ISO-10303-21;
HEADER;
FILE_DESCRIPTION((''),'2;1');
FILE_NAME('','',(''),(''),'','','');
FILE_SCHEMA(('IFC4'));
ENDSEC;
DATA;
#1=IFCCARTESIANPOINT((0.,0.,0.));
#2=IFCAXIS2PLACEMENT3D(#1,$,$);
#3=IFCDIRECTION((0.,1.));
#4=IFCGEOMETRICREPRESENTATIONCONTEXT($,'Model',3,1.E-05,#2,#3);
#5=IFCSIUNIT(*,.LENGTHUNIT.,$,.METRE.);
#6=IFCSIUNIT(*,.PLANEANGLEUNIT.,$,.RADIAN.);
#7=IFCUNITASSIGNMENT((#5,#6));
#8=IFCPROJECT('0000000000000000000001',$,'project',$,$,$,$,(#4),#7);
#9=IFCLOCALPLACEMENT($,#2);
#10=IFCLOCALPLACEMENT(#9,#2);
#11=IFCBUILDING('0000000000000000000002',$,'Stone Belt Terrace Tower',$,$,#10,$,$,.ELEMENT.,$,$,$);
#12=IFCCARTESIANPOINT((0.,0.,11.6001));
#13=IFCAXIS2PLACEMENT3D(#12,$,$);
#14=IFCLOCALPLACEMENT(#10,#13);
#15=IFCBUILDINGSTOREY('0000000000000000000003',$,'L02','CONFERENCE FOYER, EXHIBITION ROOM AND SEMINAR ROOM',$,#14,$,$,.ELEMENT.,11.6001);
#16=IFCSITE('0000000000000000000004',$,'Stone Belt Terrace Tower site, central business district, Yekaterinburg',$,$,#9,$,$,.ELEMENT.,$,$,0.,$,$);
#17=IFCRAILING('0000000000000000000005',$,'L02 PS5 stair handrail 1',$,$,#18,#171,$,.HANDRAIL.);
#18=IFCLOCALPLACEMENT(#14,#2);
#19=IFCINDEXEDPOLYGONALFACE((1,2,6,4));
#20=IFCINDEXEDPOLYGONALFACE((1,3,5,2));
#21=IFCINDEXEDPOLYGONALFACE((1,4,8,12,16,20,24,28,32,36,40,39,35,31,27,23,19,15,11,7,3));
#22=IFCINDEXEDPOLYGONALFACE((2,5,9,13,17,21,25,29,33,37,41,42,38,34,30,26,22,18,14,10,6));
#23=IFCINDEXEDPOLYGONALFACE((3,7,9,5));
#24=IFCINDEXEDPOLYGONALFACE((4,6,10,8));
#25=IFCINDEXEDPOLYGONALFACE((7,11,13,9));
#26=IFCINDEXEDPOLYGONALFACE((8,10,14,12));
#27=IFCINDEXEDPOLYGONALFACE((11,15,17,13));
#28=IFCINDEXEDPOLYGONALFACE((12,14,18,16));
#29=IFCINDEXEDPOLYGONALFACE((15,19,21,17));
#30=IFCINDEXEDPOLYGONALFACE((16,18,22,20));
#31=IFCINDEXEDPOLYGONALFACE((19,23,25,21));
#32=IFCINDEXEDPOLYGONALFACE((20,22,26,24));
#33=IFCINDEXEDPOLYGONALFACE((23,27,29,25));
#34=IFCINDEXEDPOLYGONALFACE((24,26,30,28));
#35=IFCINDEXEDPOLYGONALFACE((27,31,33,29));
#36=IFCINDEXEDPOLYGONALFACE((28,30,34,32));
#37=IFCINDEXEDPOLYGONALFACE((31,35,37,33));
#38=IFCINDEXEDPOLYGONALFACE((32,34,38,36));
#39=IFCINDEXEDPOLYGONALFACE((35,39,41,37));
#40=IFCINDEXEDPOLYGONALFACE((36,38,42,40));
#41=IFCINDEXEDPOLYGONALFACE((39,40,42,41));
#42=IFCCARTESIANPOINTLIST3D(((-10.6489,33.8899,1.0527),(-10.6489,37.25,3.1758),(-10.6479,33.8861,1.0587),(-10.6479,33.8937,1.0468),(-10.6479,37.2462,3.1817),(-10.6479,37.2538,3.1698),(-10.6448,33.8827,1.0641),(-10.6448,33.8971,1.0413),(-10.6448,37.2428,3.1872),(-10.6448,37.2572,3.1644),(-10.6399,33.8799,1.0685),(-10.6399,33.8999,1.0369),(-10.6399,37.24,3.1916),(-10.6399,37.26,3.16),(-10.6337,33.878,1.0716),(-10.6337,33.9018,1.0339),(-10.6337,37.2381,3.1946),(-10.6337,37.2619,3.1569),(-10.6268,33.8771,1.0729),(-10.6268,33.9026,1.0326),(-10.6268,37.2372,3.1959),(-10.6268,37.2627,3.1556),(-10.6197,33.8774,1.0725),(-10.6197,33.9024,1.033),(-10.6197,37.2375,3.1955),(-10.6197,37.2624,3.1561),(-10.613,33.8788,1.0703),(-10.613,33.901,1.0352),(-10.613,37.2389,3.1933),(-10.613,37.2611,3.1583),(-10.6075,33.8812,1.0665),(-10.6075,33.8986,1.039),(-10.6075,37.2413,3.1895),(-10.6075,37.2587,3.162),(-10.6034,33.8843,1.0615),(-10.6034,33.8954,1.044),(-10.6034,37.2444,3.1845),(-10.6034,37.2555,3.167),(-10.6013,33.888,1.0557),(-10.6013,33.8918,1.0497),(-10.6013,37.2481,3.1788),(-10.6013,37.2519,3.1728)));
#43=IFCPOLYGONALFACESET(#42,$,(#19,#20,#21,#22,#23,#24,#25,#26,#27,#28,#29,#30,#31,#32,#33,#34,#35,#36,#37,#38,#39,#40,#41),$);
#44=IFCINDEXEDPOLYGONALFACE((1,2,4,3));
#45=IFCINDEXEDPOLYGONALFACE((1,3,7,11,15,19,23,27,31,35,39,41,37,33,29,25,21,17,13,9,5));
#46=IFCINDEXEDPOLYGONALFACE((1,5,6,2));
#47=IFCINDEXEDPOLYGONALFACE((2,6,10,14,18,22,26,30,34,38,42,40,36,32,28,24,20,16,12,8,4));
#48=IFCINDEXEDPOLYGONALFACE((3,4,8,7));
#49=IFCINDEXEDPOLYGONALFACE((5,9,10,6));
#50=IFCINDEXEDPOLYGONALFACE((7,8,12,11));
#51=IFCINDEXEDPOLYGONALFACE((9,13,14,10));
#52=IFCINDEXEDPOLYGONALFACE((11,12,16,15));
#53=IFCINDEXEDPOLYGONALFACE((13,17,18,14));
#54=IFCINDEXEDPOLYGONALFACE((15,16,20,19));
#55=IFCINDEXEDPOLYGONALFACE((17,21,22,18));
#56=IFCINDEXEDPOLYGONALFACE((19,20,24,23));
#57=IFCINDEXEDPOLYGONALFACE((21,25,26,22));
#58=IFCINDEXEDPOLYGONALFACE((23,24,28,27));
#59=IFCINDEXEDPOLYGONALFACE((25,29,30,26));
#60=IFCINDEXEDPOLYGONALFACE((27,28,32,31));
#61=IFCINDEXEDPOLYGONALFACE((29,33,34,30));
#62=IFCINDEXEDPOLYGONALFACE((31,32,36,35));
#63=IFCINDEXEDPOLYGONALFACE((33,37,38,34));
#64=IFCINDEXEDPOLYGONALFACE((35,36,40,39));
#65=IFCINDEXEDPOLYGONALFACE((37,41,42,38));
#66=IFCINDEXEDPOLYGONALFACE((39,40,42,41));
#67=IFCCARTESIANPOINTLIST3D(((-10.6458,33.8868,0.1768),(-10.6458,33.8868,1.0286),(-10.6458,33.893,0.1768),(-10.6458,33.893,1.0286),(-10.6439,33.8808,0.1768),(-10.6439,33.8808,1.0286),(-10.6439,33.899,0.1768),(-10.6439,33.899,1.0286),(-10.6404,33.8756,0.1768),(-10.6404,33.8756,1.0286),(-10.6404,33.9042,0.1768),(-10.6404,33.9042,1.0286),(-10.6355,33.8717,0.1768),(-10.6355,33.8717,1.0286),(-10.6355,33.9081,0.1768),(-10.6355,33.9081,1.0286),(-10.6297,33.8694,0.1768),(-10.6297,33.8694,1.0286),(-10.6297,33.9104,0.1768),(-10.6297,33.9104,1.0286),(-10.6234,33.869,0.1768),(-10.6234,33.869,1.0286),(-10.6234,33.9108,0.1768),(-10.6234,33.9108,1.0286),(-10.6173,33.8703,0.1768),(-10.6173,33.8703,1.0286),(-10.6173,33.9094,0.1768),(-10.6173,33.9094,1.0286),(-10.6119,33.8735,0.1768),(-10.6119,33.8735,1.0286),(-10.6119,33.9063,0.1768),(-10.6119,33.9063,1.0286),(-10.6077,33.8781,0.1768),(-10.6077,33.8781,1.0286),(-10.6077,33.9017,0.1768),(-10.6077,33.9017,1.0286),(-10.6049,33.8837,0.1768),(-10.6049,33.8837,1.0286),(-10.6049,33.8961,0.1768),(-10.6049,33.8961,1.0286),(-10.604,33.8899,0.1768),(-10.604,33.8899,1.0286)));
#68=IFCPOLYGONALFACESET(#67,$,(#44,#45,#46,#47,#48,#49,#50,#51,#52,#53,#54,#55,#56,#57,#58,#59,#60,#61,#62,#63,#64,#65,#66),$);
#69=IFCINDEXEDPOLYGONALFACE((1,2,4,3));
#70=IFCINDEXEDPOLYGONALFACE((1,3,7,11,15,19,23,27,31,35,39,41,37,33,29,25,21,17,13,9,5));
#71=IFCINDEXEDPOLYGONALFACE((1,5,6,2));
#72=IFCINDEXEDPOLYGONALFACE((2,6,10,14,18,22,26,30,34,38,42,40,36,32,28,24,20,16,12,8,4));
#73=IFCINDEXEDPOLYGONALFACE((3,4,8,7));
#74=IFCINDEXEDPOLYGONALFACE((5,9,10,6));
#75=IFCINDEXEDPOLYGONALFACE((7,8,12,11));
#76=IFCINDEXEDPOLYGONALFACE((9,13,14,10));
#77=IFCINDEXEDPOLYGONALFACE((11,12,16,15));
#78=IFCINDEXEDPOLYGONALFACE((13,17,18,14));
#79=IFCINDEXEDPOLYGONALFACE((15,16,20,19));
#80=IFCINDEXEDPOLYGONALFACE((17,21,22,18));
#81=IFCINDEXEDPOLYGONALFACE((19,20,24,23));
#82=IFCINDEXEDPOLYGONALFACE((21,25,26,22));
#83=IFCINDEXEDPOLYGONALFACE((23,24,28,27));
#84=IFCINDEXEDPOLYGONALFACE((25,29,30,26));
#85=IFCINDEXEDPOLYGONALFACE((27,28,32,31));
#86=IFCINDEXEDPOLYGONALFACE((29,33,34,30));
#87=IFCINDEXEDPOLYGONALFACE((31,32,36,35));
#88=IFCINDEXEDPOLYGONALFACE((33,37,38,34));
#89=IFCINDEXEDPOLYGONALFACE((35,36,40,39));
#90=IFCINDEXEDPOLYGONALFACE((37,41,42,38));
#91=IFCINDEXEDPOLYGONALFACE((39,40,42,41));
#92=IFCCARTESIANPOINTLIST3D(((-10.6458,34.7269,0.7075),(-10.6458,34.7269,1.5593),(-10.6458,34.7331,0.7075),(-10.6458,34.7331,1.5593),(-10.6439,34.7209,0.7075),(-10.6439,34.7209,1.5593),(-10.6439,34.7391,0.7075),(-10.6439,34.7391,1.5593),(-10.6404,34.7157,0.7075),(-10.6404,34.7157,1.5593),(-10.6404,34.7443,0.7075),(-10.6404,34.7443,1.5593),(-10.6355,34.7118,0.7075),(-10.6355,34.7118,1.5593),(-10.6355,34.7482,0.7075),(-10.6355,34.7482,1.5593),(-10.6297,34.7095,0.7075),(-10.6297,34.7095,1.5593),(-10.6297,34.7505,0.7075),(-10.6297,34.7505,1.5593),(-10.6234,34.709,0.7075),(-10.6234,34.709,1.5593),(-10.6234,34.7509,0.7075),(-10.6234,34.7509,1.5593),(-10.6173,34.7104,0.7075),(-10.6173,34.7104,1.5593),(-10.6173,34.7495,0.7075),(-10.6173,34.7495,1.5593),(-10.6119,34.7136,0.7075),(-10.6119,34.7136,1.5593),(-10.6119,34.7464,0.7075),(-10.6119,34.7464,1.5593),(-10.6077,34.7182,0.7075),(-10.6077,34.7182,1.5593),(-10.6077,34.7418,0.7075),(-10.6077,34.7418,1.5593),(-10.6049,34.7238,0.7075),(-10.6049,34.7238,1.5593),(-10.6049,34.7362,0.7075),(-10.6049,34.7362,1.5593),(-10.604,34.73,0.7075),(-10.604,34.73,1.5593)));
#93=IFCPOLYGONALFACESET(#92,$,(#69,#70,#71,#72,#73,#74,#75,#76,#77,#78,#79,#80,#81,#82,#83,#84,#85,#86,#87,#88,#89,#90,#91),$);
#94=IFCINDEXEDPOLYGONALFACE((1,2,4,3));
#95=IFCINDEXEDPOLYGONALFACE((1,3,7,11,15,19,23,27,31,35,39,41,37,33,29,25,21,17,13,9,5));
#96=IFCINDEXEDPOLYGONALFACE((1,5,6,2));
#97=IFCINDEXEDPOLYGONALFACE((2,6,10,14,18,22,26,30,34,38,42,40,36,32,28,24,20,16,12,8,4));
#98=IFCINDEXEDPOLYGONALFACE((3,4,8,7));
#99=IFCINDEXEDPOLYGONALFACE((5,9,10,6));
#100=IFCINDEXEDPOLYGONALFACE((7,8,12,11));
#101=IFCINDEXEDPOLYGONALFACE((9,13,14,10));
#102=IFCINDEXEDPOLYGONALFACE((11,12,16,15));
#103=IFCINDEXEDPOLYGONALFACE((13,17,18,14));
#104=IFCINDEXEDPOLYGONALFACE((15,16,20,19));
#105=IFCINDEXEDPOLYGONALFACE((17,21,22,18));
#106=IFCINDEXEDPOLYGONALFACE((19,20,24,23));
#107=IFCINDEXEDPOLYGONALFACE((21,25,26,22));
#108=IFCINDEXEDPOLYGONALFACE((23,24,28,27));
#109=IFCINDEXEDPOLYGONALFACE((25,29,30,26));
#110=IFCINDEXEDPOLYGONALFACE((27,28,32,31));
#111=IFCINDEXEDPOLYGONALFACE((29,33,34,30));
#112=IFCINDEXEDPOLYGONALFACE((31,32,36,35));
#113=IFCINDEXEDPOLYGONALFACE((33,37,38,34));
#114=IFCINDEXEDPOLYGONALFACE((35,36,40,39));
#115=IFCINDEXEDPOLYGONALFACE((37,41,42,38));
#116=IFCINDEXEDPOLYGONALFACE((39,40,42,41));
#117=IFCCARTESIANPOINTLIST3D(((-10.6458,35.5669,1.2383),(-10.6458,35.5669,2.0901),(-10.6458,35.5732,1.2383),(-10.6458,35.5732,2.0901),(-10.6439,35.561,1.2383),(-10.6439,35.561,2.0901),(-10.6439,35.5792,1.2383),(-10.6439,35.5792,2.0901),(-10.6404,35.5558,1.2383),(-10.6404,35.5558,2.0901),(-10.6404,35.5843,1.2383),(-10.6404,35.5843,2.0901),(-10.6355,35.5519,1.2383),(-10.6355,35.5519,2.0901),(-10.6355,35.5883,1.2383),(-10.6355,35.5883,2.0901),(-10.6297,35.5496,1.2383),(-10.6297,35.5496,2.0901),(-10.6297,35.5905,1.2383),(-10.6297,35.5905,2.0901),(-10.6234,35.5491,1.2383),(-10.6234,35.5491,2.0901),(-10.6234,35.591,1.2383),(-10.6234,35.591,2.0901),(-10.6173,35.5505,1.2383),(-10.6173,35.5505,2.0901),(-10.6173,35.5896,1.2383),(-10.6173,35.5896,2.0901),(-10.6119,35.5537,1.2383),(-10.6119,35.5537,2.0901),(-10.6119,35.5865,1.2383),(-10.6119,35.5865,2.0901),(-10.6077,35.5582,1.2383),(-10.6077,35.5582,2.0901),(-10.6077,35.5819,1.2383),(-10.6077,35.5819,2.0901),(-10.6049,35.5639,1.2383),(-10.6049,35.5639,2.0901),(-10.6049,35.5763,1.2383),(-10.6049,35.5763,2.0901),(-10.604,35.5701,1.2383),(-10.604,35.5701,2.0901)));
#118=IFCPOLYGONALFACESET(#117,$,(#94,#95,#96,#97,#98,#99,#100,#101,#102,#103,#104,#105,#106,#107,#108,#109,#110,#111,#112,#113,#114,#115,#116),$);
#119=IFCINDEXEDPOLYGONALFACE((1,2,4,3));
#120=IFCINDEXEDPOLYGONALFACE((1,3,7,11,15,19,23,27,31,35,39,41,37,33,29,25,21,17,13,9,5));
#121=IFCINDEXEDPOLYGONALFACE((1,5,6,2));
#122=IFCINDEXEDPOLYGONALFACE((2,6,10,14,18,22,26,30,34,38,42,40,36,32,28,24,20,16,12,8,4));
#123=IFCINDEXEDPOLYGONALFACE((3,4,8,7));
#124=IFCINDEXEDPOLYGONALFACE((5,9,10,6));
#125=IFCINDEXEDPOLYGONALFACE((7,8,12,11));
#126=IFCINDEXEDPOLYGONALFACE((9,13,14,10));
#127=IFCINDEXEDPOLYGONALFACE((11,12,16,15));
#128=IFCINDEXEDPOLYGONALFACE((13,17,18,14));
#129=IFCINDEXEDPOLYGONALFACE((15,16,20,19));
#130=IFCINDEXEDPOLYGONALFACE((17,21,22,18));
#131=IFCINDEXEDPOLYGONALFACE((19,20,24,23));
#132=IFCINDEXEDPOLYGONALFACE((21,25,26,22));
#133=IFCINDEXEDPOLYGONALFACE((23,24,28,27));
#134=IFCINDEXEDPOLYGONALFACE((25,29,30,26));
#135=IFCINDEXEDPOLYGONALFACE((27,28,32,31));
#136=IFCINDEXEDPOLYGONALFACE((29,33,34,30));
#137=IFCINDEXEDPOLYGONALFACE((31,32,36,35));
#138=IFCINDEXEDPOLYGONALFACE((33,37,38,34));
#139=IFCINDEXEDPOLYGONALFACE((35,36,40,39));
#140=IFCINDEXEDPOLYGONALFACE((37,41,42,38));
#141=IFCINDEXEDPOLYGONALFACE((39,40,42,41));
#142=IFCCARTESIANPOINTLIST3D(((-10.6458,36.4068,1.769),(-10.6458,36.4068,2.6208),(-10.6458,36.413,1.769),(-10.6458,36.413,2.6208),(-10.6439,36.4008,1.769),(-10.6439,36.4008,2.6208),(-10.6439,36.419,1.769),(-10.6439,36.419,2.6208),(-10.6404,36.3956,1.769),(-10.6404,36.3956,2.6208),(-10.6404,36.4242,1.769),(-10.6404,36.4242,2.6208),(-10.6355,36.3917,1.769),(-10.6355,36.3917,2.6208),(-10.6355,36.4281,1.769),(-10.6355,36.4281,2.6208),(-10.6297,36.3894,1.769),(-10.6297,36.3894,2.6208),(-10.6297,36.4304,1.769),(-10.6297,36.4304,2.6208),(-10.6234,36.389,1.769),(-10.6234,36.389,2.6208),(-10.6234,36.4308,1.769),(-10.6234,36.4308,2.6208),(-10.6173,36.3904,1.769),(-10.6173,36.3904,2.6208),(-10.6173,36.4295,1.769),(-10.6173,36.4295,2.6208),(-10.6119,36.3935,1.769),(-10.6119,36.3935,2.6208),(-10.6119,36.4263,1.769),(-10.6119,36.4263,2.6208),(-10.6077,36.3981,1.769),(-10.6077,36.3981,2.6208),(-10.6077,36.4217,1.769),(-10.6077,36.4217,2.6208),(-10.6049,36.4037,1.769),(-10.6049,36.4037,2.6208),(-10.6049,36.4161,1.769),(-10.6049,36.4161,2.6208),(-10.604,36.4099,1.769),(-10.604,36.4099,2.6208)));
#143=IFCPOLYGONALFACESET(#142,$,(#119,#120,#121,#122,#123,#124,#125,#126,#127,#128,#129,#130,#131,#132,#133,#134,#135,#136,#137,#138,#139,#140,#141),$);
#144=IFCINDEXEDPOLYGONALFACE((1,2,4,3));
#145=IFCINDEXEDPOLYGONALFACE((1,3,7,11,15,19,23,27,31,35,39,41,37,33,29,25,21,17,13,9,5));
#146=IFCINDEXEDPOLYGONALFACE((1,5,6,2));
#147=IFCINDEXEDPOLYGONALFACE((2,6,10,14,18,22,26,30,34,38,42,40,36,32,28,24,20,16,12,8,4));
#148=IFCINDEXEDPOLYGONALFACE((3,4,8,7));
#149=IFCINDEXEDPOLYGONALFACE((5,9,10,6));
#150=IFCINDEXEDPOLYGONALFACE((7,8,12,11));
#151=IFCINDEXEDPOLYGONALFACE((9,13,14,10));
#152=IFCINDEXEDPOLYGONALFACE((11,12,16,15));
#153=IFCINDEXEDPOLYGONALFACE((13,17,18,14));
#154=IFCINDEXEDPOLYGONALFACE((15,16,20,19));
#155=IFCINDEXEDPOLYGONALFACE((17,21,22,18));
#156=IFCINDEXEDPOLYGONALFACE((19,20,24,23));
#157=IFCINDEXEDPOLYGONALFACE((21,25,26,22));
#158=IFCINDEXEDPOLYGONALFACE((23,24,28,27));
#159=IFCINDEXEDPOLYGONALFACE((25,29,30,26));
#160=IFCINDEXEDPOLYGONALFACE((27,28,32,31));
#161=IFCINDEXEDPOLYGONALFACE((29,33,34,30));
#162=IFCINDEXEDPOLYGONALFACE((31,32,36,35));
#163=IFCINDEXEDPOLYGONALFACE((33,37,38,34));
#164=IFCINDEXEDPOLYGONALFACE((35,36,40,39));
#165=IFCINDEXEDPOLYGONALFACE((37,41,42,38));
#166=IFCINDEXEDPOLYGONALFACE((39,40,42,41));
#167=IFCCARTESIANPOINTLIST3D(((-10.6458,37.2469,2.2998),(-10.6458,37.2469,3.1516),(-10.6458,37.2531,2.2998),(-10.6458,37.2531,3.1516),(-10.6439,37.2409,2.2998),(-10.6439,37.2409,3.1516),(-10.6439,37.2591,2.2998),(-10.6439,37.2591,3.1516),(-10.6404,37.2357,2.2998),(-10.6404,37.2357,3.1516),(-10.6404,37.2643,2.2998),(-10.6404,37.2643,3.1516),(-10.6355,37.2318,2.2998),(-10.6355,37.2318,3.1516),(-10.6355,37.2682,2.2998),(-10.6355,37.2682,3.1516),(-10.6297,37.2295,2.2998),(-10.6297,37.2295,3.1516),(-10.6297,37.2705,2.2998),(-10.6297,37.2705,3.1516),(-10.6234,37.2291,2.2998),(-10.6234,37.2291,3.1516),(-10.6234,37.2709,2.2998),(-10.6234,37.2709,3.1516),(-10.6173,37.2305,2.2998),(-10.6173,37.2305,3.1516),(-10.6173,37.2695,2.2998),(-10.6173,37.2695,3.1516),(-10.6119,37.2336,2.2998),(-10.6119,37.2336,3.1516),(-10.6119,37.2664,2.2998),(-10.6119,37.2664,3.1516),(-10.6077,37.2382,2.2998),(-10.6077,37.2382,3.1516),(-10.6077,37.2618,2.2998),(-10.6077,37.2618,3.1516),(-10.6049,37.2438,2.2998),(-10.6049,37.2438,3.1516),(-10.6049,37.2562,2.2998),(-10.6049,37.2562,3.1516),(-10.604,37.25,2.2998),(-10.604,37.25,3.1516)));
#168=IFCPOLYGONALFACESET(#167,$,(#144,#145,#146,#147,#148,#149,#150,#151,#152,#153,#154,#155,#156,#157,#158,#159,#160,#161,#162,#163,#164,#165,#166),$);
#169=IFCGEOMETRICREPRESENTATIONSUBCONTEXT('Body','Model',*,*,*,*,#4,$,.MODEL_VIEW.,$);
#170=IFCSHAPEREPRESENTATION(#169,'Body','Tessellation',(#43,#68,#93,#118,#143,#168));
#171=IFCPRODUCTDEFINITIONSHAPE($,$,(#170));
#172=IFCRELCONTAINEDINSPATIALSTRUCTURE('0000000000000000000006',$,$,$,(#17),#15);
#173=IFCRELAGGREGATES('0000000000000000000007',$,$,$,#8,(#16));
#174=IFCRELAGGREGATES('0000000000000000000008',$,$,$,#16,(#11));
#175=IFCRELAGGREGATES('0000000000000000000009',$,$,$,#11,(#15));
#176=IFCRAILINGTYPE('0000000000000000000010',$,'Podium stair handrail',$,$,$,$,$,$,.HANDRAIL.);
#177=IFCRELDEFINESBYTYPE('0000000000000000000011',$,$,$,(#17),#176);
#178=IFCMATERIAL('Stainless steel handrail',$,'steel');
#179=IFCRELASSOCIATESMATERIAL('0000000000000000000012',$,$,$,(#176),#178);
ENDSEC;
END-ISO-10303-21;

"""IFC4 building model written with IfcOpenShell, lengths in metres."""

from ifc_helpers import new_model, si_unit, direction, frame, origin, origin_2d, place, context, subcontext, project, spatial, circle, extrude, material, type_object, element, save


model = new_model("IFC4")

# Units and contexts
model_context = context("Model", 3, precision=1e-05, world=origin(), true_north=direction((0.0, 1.0)))
body_context = subcontext(model_context, "Body", "Model", "MODEL_VIEW")
ifc_project = project(units=[si_unit("LENGTHUNIT", "METRE"), si_unit("PLANEANGLEUNIT", "RADIAN")], contexts=[model_context])

# Site, building, storey
site_placement = place(None, origin())
site = spatial("IfcSite", under=ifc_project, at=site_placement, Name="Stone Belt Terrace Tower site, central business district, Yekaterinburg", CompositionType="ELEMENT", RefElevation=0.0)
building_placement = place(site_placement, origin())
building = spatial("IfcBuilding", under=site, at=building_placement, Name="Stone Belt Terrace Tower", CompositionType="ELEMENT")
storey_placement = place(building_placement, frame((0.0, 0.0, 11.6001)))
storey = spatial("IfcBuildingStorey", under=building, at=storey_placement, Name="L02", Description="CONFERENCE FOYER, EXHIBITION ROOM AND SEMINAR ROOM", CompositionType="ELEMENT", Elevation=11.6001)

# Railing
ifc_material_1 = material(Name="Stainless steel handrail", Category="steel")
railing_type_1 = type_object("IfcRailingType", Name="Podium stair handrail", PredefinedType="HANDRAIL", material=ifc_material_1)
railing_1_placement = place(storey_placement, frame((-10.625, 33.8899, 0.1768)))
element("IfcRailing", 1, at=railing_1_placement, inside=storey, type_object=railing_type_1, Name="L02 PS5 stair handrail 1", PredefinedType="HANDRAIL", context=body_context, shape_type="SweptSolid", body=[
    extrude(circle(Radius=0.0239, at=origin_2d()), frame((0.0, 0.0, 0.876), z_axis=(0.0, 0.84539, 0.53415), x_axis=(-1.0, 0.0, 0.0)), (0.0, 0.0, 1.0), 3.9746),
    extrude(circle(Radius=0.021, at=origin_2d()), origin(), (0.0, 0.0, 1.0), 0.8518),
    extrude(circle(Radius=0.021, at=origin_2d()), frame((0.0, 0.8401, 0.5308)), (0.0, 0.0, 1.0), 0.8518),
    extrude(circle(Radius=0.021, at=origin_2d()), frame((0.0, 1.6802, 1.0615)), (0.0, 0.0, 1.0), 0.8518),
    extrude(circle(Radius=0.021, at=origin_2d()), frame((0.0, 2.52, 1.5923)), (0.0, 0.0, 1.0), 0.8518),
    extrude(circle(Radius=0.021, at=origin_2d()), frame((0.0, 3.3601, 2.123)), (0.0, 0.0, 1.0), 0.8518),
])

save(model, "model.ifc")
